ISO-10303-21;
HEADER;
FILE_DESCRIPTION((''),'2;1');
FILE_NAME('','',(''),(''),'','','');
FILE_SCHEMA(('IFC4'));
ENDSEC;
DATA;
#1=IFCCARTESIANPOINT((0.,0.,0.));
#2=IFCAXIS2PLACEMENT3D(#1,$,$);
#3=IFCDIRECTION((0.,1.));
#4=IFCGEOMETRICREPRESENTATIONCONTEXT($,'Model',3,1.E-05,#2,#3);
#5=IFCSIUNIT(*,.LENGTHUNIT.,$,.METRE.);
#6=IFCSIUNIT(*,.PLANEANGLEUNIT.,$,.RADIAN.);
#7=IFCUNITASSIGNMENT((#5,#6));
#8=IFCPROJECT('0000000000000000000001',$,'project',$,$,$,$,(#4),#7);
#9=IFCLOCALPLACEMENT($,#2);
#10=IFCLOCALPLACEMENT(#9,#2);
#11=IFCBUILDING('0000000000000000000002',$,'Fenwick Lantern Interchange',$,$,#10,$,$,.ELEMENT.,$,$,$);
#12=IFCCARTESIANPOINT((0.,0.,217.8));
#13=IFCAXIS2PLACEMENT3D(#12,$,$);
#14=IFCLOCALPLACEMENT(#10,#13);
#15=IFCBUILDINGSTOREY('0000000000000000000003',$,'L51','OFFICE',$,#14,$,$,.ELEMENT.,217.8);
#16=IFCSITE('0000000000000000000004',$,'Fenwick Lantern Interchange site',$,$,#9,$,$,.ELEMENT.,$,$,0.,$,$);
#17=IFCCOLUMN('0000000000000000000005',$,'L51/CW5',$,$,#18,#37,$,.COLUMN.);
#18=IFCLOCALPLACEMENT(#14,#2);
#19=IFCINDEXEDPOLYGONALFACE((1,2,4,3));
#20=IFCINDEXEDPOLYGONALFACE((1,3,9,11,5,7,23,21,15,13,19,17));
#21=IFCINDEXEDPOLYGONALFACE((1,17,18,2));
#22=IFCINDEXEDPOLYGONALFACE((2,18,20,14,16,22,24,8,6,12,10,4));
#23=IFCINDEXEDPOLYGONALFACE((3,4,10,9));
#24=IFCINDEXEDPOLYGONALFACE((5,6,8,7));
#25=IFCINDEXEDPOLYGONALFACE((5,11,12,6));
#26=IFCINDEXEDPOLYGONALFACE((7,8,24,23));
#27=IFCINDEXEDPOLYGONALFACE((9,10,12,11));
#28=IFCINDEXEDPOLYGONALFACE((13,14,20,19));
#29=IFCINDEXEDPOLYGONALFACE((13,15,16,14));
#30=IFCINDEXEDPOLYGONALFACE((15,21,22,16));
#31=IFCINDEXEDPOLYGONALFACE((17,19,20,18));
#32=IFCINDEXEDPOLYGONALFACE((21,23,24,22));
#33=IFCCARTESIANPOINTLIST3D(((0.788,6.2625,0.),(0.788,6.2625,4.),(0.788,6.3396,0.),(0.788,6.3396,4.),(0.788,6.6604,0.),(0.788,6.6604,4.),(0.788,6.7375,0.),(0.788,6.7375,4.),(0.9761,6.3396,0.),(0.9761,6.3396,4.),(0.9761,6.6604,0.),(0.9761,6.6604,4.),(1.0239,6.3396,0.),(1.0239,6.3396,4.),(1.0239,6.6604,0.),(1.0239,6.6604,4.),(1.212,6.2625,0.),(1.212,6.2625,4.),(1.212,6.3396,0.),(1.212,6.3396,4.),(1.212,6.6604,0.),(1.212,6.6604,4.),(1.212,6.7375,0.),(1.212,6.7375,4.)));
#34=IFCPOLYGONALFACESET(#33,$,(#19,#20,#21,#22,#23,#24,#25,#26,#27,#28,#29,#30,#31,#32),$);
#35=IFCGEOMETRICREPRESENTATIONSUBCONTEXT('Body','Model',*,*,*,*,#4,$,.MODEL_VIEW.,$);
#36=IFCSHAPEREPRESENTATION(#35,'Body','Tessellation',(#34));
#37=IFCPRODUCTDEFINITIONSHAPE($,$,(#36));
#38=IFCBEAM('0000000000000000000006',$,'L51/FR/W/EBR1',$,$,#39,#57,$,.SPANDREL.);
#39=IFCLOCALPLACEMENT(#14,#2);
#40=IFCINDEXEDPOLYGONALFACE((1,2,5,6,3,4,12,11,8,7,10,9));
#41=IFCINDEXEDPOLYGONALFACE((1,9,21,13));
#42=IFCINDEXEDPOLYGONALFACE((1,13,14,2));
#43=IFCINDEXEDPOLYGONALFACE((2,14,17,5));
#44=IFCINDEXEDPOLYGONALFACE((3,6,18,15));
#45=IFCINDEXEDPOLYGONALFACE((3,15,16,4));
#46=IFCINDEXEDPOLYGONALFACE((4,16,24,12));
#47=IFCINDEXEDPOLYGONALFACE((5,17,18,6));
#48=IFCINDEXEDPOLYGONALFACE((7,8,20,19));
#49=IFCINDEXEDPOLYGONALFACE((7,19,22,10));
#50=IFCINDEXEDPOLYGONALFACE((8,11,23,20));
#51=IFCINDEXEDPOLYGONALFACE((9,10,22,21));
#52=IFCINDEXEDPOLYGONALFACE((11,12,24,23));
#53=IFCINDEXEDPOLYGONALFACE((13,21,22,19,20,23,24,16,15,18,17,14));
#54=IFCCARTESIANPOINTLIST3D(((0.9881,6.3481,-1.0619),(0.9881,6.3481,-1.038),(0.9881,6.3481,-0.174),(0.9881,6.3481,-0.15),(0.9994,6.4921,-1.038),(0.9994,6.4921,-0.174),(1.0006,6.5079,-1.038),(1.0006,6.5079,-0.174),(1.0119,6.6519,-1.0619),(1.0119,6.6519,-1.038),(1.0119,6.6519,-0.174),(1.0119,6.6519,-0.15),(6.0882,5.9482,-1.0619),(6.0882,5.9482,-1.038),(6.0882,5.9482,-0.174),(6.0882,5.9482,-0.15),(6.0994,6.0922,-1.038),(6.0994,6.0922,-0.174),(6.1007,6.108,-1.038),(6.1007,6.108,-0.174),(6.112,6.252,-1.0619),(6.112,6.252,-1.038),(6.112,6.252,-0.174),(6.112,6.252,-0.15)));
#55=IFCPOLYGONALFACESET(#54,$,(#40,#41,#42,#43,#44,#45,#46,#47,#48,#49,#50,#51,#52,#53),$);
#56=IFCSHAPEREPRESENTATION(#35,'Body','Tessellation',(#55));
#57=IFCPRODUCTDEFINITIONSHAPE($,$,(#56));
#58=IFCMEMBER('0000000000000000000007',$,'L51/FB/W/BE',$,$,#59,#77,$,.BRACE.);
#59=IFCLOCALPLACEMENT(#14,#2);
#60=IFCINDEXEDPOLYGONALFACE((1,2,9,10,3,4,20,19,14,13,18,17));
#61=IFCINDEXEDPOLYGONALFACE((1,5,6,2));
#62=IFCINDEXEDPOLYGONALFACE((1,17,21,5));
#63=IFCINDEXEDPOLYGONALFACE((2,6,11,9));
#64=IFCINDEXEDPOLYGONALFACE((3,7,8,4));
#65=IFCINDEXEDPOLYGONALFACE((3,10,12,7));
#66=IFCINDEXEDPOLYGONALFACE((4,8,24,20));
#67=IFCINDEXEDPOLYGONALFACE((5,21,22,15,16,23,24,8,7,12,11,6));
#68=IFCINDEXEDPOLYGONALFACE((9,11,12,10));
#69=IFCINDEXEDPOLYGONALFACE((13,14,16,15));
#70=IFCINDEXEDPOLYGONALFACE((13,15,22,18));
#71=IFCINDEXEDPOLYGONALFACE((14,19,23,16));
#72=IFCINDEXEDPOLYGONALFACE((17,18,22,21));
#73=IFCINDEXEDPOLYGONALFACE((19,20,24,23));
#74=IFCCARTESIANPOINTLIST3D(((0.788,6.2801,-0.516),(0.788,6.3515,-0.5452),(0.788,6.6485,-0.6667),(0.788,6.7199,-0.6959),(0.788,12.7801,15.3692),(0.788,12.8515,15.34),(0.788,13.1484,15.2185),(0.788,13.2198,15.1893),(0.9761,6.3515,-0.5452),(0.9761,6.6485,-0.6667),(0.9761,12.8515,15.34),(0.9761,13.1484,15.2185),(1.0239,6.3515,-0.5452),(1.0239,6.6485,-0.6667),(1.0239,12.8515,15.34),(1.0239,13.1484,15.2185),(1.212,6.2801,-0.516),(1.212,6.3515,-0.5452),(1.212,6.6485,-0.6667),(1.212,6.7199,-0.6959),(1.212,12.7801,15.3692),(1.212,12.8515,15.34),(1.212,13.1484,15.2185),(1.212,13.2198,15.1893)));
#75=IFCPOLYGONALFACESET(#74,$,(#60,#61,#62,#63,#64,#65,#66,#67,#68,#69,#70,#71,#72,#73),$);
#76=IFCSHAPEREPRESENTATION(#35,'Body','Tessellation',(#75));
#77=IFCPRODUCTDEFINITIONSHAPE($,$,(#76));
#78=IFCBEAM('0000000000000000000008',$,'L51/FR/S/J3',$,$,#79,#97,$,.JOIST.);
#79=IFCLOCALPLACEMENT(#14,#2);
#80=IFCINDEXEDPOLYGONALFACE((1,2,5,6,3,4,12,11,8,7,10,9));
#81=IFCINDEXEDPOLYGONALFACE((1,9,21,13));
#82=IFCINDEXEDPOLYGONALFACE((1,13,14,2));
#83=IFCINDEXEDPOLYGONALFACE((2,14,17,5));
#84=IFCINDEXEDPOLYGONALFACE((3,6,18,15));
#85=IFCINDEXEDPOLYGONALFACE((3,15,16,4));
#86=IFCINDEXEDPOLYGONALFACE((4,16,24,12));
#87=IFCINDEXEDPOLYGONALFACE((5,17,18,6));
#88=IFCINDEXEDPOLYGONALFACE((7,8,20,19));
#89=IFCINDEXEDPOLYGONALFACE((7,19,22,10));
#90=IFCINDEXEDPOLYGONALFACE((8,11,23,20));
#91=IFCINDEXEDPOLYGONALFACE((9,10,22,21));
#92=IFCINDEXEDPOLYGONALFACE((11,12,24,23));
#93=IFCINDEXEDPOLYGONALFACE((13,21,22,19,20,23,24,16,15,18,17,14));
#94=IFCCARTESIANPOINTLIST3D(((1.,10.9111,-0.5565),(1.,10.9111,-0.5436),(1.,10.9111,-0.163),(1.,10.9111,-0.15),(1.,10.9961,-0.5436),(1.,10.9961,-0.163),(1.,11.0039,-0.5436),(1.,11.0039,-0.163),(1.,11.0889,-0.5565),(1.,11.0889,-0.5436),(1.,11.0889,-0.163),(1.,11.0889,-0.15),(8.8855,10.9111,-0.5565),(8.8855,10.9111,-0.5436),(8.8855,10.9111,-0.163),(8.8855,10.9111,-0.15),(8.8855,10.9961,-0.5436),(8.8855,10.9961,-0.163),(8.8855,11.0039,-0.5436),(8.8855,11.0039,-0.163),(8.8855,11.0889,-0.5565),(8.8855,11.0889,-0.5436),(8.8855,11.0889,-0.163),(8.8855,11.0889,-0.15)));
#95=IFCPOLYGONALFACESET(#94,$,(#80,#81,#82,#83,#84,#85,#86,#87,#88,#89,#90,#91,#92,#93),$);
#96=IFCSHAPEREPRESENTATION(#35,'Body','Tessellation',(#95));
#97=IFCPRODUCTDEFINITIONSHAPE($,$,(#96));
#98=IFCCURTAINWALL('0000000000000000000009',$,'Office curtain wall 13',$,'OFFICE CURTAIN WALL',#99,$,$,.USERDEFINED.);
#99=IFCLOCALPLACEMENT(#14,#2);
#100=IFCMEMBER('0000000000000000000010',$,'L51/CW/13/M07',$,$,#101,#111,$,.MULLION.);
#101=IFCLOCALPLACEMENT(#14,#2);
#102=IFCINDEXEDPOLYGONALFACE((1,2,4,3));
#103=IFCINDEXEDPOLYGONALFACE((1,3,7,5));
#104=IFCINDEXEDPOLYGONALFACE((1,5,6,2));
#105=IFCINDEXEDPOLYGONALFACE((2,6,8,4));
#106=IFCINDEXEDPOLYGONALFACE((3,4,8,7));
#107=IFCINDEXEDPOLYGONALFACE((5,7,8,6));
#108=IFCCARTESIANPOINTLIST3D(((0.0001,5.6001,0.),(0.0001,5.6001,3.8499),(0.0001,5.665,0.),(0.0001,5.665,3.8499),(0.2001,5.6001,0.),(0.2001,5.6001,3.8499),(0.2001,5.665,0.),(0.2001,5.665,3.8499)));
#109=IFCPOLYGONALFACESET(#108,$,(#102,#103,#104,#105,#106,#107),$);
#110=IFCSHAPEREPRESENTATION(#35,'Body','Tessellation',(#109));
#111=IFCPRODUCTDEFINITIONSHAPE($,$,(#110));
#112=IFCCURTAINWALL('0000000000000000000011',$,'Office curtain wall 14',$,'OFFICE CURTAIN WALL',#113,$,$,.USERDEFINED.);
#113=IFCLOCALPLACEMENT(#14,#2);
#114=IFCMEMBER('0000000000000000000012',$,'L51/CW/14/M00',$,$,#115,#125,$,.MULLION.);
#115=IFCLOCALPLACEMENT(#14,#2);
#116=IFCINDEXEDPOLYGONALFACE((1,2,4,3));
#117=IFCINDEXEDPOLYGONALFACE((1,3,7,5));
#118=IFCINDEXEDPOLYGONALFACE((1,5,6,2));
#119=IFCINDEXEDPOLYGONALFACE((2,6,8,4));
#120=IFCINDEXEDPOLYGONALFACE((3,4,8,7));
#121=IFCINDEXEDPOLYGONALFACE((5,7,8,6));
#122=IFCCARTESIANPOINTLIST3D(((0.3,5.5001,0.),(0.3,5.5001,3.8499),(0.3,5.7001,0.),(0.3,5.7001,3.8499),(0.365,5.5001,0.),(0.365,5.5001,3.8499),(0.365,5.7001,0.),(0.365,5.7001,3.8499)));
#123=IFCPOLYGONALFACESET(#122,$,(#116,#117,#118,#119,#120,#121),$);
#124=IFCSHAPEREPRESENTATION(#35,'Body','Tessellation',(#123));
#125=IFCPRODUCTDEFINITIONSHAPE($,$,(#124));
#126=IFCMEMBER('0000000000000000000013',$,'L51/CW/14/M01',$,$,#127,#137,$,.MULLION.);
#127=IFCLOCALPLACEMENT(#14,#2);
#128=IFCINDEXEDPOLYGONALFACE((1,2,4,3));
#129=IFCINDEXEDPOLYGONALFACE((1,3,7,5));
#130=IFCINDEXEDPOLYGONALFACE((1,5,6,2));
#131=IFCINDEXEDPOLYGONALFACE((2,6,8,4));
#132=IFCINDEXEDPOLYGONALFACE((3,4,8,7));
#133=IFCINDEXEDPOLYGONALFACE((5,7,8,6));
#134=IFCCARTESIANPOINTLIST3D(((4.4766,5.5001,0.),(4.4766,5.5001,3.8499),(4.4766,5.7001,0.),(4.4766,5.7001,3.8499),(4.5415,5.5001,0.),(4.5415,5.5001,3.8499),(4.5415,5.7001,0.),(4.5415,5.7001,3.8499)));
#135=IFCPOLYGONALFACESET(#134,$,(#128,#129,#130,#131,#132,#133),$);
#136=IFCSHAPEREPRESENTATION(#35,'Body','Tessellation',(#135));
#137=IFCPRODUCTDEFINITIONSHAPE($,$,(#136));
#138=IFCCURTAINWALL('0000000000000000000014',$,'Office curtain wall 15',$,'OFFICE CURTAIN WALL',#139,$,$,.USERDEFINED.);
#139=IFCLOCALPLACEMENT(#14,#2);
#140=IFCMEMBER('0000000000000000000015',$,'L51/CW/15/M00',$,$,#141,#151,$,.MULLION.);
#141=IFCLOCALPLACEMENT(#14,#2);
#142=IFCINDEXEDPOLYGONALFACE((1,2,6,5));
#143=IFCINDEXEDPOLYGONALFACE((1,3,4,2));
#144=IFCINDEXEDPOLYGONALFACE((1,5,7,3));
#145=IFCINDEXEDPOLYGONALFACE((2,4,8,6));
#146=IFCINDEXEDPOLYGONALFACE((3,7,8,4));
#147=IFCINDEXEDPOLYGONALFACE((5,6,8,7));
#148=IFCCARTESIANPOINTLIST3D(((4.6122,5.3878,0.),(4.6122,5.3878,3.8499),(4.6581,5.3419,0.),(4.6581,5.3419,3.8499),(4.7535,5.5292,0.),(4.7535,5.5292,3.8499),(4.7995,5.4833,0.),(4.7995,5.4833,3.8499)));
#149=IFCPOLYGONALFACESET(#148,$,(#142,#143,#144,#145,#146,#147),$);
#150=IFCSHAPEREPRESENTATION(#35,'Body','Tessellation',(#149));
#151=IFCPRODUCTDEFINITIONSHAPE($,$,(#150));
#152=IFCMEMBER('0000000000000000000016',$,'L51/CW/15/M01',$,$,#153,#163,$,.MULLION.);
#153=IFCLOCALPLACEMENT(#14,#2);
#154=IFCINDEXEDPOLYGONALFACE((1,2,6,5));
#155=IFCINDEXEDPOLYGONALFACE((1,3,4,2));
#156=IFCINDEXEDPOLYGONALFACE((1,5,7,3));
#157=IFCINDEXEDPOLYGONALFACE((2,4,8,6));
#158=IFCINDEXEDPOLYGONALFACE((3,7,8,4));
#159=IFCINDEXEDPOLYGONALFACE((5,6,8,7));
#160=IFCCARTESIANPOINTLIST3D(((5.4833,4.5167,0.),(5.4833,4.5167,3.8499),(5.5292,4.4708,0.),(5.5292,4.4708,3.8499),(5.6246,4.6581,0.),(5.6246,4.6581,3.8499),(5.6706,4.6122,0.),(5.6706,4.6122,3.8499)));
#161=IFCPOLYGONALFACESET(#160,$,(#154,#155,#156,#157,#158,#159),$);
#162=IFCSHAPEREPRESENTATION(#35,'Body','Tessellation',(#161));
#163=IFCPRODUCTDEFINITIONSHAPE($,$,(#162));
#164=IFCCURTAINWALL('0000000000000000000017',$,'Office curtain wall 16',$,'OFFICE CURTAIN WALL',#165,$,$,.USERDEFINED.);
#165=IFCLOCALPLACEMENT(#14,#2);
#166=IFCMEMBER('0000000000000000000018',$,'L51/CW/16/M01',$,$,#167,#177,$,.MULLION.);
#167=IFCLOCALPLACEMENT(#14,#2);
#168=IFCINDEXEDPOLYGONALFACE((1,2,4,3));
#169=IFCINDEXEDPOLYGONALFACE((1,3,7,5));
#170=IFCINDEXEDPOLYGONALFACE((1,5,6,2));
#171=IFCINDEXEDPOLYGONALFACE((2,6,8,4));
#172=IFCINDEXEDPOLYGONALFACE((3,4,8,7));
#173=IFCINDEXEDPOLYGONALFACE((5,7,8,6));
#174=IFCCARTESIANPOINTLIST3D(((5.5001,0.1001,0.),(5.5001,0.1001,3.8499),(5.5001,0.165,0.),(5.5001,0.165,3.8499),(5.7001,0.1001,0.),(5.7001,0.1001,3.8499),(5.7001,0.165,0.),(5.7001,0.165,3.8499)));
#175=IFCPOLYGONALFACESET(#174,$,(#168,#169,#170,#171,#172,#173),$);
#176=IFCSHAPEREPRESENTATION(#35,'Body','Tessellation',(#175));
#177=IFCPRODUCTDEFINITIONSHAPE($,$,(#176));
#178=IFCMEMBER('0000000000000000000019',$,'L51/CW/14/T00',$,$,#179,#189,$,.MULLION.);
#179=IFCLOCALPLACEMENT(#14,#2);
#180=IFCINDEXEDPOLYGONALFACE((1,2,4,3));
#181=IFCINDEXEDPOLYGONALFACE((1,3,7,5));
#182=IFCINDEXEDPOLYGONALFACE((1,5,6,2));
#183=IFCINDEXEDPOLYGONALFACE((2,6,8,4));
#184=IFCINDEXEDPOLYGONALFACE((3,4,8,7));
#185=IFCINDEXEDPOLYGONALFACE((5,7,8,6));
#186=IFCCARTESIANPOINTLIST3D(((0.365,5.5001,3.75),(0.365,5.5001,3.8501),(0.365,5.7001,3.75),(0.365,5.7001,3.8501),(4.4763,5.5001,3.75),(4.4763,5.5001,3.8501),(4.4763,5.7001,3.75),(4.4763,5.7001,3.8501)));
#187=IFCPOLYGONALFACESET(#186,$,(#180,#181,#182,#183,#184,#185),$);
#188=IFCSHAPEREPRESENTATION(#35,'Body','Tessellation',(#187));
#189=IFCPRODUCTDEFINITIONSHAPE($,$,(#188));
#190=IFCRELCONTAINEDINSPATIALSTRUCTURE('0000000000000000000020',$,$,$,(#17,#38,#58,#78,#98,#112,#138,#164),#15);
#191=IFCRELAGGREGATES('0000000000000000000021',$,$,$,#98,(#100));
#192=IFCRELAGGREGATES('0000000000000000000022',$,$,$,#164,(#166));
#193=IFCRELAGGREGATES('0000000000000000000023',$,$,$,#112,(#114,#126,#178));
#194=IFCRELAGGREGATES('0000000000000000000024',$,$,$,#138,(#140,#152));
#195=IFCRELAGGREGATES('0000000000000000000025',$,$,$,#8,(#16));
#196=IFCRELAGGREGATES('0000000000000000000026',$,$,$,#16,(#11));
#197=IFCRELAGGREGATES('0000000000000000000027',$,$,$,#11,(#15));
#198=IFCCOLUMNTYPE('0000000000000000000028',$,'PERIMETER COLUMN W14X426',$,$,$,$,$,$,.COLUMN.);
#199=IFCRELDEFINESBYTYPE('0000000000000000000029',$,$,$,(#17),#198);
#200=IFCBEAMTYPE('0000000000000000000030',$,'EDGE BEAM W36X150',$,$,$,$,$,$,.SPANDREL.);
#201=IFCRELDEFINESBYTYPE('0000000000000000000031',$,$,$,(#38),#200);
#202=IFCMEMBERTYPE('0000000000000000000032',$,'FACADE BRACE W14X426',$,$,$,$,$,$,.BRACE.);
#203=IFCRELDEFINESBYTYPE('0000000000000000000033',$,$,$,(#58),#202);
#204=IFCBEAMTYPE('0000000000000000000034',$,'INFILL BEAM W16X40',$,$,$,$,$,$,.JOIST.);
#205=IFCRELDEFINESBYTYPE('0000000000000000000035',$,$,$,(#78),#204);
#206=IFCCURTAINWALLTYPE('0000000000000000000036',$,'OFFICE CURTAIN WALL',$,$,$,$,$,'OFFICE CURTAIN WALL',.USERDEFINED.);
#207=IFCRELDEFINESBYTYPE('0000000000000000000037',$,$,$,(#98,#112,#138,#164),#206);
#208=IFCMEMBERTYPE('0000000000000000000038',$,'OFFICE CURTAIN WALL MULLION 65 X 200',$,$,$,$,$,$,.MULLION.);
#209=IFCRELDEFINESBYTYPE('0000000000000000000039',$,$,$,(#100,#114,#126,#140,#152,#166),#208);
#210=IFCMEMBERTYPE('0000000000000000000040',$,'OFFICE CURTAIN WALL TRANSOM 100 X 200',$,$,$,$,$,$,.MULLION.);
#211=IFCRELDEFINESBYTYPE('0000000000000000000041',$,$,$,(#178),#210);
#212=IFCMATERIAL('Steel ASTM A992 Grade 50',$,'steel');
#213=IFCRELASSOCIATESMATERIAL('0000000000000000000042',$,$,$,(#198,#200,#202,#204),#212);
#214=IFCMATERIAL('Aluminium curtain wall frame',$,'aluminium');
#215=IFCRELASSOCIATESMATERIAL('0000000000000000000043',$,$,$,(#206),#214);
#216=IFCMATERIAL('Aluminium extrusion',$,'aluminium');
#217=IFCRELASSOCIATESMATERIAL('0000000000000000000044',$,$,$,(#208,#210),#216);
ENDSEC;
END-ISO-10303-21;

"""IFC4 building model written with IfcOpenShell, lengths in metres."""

from ifc_helpers import new_model, si_unit, direction, frame, origin, origin_2d, place, context, subcontext, project, spatial, rectangle, i_section, extrude, material, material_profile, profile_set, type_object, element, aggregate, save


model = new_model("IFC4")

# Units and contexts
model_context = context("Model", 3, precision=1e-05, world=origin(), true_north=direction((0.0, 1.0)))
body_context = subcontext(model_context, "Body", "Model", "MODEL_VIEW")
ifc_project = project(units=[si_unit("LENGTHUNIT", "METRE"), si_unit("PLANEANGLEUNIT", "RADIAN")], contexts=[model_context])

# Site, building, storey
site_placement = place(None, origin())
site = spatial("IfcSite", under=ifc_project, at=site_placement, Name="Fenwick Lantern Interchange site", CompositionType="ELEMENT", RefElevation=0.0)
building_placement = place(site_placement, origin())
building = spatial("IfcBuilding", under=site, at=building_placement, Name="Fenwick Lantern Interchange", CompositionType="ELEMENT")
storey_placement = place(building_placement, frame((0.0, 0.0, 217.8)))
storey = spatial("IfcBuildingStorey", under=building, at=storey_placement, Name="L51", Description="OFFICE", CompositionType="ELEMENT", Elevation=217.8)

# Column
ifc_material_1 = material(Name="Steel ASTM A992 Grade 50", Category="steel")
ifc_material_profile_1 = material_profile(ifc_material_1, i_section(OverallWidth=0.4241, OverallDepth=0.4751, WebThickness=0.0479, FlangeThickness=0.0771, at=origin_2d()), Name="W14X426")
ifc_profile_set_1 = profile_set([ifc_material_profile_1], Name="Steel ASTM A992 Grade 50")
column_type = type_object("IfcColumnType", Name="PERIMETER COLUMN W14X426", PredefinedType="COLUMN", material=ifc_profile_set_1)
column_placement = place(storey_placement, frame((1.0, 6.5, 0.0), z_axis=(0.0, 0.0, 1.0), x_axis=(1.0, 0.0, 0.0)))
element("IfcColumn", 1, at=column_placement, inside=storey, type_object=column_type, Name="L51/CW5", PredefinedType="COLUMN", context=body_context, shape_type="SweptSolid", body=[
    extrude(i_section(OverallWidth=0.4241, OverallDepth=0.4751, WebThickness=0.0479, FlangeThickness=0.0771, at=origin_2d()), origin(), (0.0, 0.0, 1.0), 4.0),
])

# Beam
ifc_material_profile_2 = material_profile(ifc_material_1, i_section(OverallWidth=0.3047, OverallDepth=0.9119, WebThickness=0.0159, FlangeThickness=0.0239, at=origin_2d()), Name="W36X150")
ifc_profile_set_2 = profile_set([ifc_material_profile_2], Name="Steel ASTM A992 Grade 50")
beam_type_1 = type_object("IfcBeamType", Name="EDGE BEAM W36X150", PredefinedType="SPANDREL", material=ifc_profile_set_2)
beam_1_placement = place(storey_placement, frame((1.0, 6.5, -0.606), z_axis=(0.99694, -0.078171, 0.0), x_axis=(0.078171, 0.99694, 0.0)))
element("IfcBeam", 2, at=beam_1_placement, inside=storey, type_object=beam_type_1, Name="L51/FR/W/EBR1", PredefinedType="SPANDREL", context=body_context, shape_type="SweptSolid", body=[
    extrude(i_section(OverallWidth=0.3047, OverallDepth=0.9119, WebThickness=0.0159, FlangeThickness=0.0239, at=origin_2d()), origin(), (0.0, 0.0, 1.0), 5.1157),
])

# Member
ifc_material_profile_3 = material_profile(ifc_material_1, i_section(OverallWidth=0.4241, OverallDepth=0.4751, WebThickness=0.0479, FlangeThickness=0.0771, at=origin_2d()), Name="W14X426")
ifc_profile_set_3 = profile_set([ifc_material_profile_3], Name="Steel ASTM A992 Grade 50")
member_type_1 = type_object("IfcMemberType", Name="FACADE BRACE W14X426", PredefinedType="BRACE", material=ifc_profile_set_3)
member_1_placement = place(storey_placement, frame((1.0, 6.5, -0.606), z_axis=(0.0, 0.378707, 0.925517), x_axis=(-1.0, 0.0, 0.0)))
element("IfcMember", 3, at=member_1_placement, inside=storey, type_object=member_type_1, Name="L51/FB/W/BE", PredefinedType="BRACE", context=body_context, shape_type="SweptSolid", body=[
    extrude(i_section(OverallWidth=0.4241, OverallDepth=0.4751, WebThickness=0.0479, FlangeThickness=0.0771, at=origin_2d()), origin(), (0.0, 0.0, 1.0), 17.1636),
])

# Beam
ifc_material_profile_4 = material_profile(ifc_material_1, i_section(OverallWidth=0.1777, OverallDepth=0.4065, WebThickness=0.0078, FlangeThickness=0.0129, at=origin_2d()), Name="W16X40")
ifc_profile_set_4 = profile_set([ifc_material_profile_4], Name="Steel ASTM A992 Grade 50")
beam_type_2 = type_object("IfcBeamType", Name="INFILL BEAM W16X40", PredefinedType="JOIST", material=ifc_profile_set_4)
beam_2_placement = place(storey_placement, frame((1.0, 11.0, -0.3533), z_axis=(1.0, 0.0, 0.0), x_axis=(0.0, 1.0, 0.0)))
element("IfcBeam", 4, at=beam_2_placement, inside=storey, type_object=beam_type_2, Name="L51/FR/S/J3", PredefinedType="JOIST", context=body_context, shape_type="SweptSolid", body=[
    extrude(i_section(OverallWidth=0.1777, OverallDepth=0.4065, WebThickness=0.0078, FlangeThickness=0.0129, at=origin_2d()), origin(), (0.0, 0.0, 1.0), 7.8855),
])

# Curtain wall, member
ifc_material_2 = material(Name="Aluminium curtain wall frame", Category="aluminium")
curtain_wall_type = type_object("IfcCurtainWallType", Name="OFFICE CURTAIN WALL", ElementType="OFFICE CURTAIN WALL", PredefinedType="USERDEFINED", material=ifc_material_2)
curtain_wall_1_placement = place(storey_placement, origin())
curtain_wall_1 = element("IfcCurtainWall", 5, at=curtain_wall_1_placement, inside=storey, type_object=curtain_wall_type, Name="Office curtain wall 13", ObjectType="OFFICE CURTAIN WALL", PredefinedType="USERDEFINED")
ifc_material_3 = material(Name="Aluminium extrusion", Category="aluminium")
ifc_material_profile_5 = material_profile(ifc_material_3, rectangle(XDim=0.2, YDim=0.0649, at=origin_2d()), Name="OFFICE CURTAIN WALL MULLION 65 X 200")
ifc_profile_set_5 = profile_set([ifc_material_profile_5], Name="Aluminium extrusion")
member_type_2 = type_object("IfcMemberType", Name="OFFICE CURTAIN WALL MULLION 65 X 200", PredefinedType="MULLION", material=ifc_profile_set_5)
member_2_placement = place(storey_placement, frame((0.1001, 5.6326, 0.0), z_axis=(0.0, 0.0, 1.0), x_axis=(1.0, 0.0, 0.0)))
member_2 = element("IfcMember", 6, at=member_2_placement, type_object=member_type_2, Name="L51/CW/13/M07", PredefinedType="MULLION", context=body_context, shape_type="SweptSolid", body=[
    extrude(rectangle(XDim=0.2, YDim=0.0649, at=origin_2d()), origin(), (0.0, 0.0, 1.0), 3.8499),
])
aggregate(curtain_wall_1, [member_2])

# Curtain walls, members
curtain_wall_2_placement = place(storey_placement, origin())
curtain_wall_2 = element("IfcCurtainWall", 7, at=curtain_wall_2_placement, inside=storey, type_object=curtain_wall_type, Name="Office curtain wall 14", ObjectType="OFFICE CURTAIN WALL", PredefinedType="USERDEFINED")
member_3_placement = place(storey_placement, frame((0.3325, 5.6001, 0.0), z_axis=(0.0, 0.0, 1.0), x_axis=(0.0, 1.0, 0.0)))
member_3 = element("IfcMember", 8, at=member_3_placement, type_object=member_type_2, Name="L51/CW/14/M00", PredefinedType="MULLION", context=body_context, shape_type="SweptSolid", body=[
    extrude(rectangle(XDim=0.2, YDim=0.0649, at=origin_2d()), origin(), (0.0, 0.0, 1.0), 3.8499),
])
member_4_placement = place(storey_placement, frame((4.509, 5.6001, 0.0), z_axis=(0.0, 0.0, 1.0), x_axis=(0.0, 1.0, 0.0)))
member_4 = element("IfcMember", 9, at=member_4_placement, type_object=member_type_2, Name="L51/CW/14/M01", PredefinedType="MULLION", context=body_context, shape_type="SweptSolid", body=[
    extrude(rectangle(XDim=0.2, YDim=0.0649, at=origin_2d()), origin(), (0.0, 0.0, 1.0), 3.8499),
])
curtain_wall_3_placement = place(storey_placement, origin())
curtain_wall_3 = element("IfcCurtainWall", 10, at=curtain_wall_3_placement, inside=storey, type_object=curtain_wall_type, Name="Office curtain wall 15", ObjectType="OFFICE CURTAIN WALL", PredefinedType="USERDEFINED")
member_5_placement = place(storey_placement, frame((4.7058, 5.4355, 0.0), z_axis=(0.0, 0.0, 1.0), x_axis=(0.707107, 0.707107, 0.0)))
member_5 = element("IfcMember", 11, at=member_5_placement, type_object=member_type_2, Name="L51/CW/15/M00", PredefinedType="MULLION", context=body_context, shape_type="SweptSolid", body=[
    extrude(rectangle(XDim=0.2, YDim=0.0649, at=origin_2d()), origin(), (0.0, 0.0, 1.0), 3.8499),
])
member_6_placement = place(storey_placement, frame((5.5769, 4.5645, 0.0), z_axis=(0.0, 0.0, 1.0), x_axis=(0.707107, 0.707107, 0.0)))
member_6 = element("IfcMember", 12, at=member_6_placement, type_object=member_type_2, Name="L51/CW/15/M01", PredefinedType="MULLION", context=body_context, shape_type="SweptSolid", body=[
    extrude(rectangle(XDim=0.2, YDim=0.0649, at=origin_2d()), origin(), (0.0, 0.0, 1.0), 3.8499),
])

# Curtain wall, member
curtain_wall_4_placement = place(storey_placement, origin())
curtain_wall_4 = element("IfcCurtainWall", 13, at=curtain_wall_4_placement, inside=storey, type_object=curtain_wall_type, Name="Office curtain wall 16", ObjectType="OFFICE CURTAIN WALL", PredefinedType="USERDEFINED")
member_7_placement = place(storey_placement, frame((5.6001, 0.1326, 0.0), z_axis=(0.0, 0.0, 1.0), x_axis=(1.0, 0.0, 0.0)))
member_7 = element("IfcMember", 14, at=member_7_placement, type_object=member_type_2, Name="L51/CW/16/M01", PredefinedType="MULLION", context=body_context, shape_type="SweptSolid", body=[
    extrude(rectangle(XDim=0.2, YDim=0.0649, at=origin_2d()), origin(), (0.0, 0.0, 1.0), 3.8499),
])
aggregate(curtain_wall_4, [member_7])

# Member
ifc_material_profile_6 = material_profile(ifc_material_3, rectangle(XDim=0.2, YDim=0.1001, at=origin_2d()), Name="OFFICE CURTAIN WALL TRANSOM 100 X 200")
ifc_profile_set_6 = profile_set([ifc_material_profile_6], Name="Aluminium extrusion")
member_type_3 = type_object("IfcMemberType", Name="OFFICE CURTAIN WALL TRANSOM 100 X 200", PredefinedType="MULLION", material=ifc_profile_set_6)
member_8_placement = place(storey_placement, frame((0.365, 5.6001, 3.8), z_axis=(1.0, 0.0, 0.0), x_axis=(0.0, 1.0, 0.0)))
member_8 = element("IfcMember", 15, at=member_8_placement, type_object=member_type_3, Name="L51/CW/14/T00", PredefinedType="MULLION", context=body_context, shape_type="SweptSolid", body=[
    extrude(rectangle(XDim=0.2, YDim=0.1001, at=origin_2d()), origin(), (0.0, 0.0, 1.0), 4.1113),
])

aggregate(curtain_wall_2, [member_3, member_4, member_8])
aggregate(curtain_wall_3, [member_5, member_6])

save(model, "model.ifc")
